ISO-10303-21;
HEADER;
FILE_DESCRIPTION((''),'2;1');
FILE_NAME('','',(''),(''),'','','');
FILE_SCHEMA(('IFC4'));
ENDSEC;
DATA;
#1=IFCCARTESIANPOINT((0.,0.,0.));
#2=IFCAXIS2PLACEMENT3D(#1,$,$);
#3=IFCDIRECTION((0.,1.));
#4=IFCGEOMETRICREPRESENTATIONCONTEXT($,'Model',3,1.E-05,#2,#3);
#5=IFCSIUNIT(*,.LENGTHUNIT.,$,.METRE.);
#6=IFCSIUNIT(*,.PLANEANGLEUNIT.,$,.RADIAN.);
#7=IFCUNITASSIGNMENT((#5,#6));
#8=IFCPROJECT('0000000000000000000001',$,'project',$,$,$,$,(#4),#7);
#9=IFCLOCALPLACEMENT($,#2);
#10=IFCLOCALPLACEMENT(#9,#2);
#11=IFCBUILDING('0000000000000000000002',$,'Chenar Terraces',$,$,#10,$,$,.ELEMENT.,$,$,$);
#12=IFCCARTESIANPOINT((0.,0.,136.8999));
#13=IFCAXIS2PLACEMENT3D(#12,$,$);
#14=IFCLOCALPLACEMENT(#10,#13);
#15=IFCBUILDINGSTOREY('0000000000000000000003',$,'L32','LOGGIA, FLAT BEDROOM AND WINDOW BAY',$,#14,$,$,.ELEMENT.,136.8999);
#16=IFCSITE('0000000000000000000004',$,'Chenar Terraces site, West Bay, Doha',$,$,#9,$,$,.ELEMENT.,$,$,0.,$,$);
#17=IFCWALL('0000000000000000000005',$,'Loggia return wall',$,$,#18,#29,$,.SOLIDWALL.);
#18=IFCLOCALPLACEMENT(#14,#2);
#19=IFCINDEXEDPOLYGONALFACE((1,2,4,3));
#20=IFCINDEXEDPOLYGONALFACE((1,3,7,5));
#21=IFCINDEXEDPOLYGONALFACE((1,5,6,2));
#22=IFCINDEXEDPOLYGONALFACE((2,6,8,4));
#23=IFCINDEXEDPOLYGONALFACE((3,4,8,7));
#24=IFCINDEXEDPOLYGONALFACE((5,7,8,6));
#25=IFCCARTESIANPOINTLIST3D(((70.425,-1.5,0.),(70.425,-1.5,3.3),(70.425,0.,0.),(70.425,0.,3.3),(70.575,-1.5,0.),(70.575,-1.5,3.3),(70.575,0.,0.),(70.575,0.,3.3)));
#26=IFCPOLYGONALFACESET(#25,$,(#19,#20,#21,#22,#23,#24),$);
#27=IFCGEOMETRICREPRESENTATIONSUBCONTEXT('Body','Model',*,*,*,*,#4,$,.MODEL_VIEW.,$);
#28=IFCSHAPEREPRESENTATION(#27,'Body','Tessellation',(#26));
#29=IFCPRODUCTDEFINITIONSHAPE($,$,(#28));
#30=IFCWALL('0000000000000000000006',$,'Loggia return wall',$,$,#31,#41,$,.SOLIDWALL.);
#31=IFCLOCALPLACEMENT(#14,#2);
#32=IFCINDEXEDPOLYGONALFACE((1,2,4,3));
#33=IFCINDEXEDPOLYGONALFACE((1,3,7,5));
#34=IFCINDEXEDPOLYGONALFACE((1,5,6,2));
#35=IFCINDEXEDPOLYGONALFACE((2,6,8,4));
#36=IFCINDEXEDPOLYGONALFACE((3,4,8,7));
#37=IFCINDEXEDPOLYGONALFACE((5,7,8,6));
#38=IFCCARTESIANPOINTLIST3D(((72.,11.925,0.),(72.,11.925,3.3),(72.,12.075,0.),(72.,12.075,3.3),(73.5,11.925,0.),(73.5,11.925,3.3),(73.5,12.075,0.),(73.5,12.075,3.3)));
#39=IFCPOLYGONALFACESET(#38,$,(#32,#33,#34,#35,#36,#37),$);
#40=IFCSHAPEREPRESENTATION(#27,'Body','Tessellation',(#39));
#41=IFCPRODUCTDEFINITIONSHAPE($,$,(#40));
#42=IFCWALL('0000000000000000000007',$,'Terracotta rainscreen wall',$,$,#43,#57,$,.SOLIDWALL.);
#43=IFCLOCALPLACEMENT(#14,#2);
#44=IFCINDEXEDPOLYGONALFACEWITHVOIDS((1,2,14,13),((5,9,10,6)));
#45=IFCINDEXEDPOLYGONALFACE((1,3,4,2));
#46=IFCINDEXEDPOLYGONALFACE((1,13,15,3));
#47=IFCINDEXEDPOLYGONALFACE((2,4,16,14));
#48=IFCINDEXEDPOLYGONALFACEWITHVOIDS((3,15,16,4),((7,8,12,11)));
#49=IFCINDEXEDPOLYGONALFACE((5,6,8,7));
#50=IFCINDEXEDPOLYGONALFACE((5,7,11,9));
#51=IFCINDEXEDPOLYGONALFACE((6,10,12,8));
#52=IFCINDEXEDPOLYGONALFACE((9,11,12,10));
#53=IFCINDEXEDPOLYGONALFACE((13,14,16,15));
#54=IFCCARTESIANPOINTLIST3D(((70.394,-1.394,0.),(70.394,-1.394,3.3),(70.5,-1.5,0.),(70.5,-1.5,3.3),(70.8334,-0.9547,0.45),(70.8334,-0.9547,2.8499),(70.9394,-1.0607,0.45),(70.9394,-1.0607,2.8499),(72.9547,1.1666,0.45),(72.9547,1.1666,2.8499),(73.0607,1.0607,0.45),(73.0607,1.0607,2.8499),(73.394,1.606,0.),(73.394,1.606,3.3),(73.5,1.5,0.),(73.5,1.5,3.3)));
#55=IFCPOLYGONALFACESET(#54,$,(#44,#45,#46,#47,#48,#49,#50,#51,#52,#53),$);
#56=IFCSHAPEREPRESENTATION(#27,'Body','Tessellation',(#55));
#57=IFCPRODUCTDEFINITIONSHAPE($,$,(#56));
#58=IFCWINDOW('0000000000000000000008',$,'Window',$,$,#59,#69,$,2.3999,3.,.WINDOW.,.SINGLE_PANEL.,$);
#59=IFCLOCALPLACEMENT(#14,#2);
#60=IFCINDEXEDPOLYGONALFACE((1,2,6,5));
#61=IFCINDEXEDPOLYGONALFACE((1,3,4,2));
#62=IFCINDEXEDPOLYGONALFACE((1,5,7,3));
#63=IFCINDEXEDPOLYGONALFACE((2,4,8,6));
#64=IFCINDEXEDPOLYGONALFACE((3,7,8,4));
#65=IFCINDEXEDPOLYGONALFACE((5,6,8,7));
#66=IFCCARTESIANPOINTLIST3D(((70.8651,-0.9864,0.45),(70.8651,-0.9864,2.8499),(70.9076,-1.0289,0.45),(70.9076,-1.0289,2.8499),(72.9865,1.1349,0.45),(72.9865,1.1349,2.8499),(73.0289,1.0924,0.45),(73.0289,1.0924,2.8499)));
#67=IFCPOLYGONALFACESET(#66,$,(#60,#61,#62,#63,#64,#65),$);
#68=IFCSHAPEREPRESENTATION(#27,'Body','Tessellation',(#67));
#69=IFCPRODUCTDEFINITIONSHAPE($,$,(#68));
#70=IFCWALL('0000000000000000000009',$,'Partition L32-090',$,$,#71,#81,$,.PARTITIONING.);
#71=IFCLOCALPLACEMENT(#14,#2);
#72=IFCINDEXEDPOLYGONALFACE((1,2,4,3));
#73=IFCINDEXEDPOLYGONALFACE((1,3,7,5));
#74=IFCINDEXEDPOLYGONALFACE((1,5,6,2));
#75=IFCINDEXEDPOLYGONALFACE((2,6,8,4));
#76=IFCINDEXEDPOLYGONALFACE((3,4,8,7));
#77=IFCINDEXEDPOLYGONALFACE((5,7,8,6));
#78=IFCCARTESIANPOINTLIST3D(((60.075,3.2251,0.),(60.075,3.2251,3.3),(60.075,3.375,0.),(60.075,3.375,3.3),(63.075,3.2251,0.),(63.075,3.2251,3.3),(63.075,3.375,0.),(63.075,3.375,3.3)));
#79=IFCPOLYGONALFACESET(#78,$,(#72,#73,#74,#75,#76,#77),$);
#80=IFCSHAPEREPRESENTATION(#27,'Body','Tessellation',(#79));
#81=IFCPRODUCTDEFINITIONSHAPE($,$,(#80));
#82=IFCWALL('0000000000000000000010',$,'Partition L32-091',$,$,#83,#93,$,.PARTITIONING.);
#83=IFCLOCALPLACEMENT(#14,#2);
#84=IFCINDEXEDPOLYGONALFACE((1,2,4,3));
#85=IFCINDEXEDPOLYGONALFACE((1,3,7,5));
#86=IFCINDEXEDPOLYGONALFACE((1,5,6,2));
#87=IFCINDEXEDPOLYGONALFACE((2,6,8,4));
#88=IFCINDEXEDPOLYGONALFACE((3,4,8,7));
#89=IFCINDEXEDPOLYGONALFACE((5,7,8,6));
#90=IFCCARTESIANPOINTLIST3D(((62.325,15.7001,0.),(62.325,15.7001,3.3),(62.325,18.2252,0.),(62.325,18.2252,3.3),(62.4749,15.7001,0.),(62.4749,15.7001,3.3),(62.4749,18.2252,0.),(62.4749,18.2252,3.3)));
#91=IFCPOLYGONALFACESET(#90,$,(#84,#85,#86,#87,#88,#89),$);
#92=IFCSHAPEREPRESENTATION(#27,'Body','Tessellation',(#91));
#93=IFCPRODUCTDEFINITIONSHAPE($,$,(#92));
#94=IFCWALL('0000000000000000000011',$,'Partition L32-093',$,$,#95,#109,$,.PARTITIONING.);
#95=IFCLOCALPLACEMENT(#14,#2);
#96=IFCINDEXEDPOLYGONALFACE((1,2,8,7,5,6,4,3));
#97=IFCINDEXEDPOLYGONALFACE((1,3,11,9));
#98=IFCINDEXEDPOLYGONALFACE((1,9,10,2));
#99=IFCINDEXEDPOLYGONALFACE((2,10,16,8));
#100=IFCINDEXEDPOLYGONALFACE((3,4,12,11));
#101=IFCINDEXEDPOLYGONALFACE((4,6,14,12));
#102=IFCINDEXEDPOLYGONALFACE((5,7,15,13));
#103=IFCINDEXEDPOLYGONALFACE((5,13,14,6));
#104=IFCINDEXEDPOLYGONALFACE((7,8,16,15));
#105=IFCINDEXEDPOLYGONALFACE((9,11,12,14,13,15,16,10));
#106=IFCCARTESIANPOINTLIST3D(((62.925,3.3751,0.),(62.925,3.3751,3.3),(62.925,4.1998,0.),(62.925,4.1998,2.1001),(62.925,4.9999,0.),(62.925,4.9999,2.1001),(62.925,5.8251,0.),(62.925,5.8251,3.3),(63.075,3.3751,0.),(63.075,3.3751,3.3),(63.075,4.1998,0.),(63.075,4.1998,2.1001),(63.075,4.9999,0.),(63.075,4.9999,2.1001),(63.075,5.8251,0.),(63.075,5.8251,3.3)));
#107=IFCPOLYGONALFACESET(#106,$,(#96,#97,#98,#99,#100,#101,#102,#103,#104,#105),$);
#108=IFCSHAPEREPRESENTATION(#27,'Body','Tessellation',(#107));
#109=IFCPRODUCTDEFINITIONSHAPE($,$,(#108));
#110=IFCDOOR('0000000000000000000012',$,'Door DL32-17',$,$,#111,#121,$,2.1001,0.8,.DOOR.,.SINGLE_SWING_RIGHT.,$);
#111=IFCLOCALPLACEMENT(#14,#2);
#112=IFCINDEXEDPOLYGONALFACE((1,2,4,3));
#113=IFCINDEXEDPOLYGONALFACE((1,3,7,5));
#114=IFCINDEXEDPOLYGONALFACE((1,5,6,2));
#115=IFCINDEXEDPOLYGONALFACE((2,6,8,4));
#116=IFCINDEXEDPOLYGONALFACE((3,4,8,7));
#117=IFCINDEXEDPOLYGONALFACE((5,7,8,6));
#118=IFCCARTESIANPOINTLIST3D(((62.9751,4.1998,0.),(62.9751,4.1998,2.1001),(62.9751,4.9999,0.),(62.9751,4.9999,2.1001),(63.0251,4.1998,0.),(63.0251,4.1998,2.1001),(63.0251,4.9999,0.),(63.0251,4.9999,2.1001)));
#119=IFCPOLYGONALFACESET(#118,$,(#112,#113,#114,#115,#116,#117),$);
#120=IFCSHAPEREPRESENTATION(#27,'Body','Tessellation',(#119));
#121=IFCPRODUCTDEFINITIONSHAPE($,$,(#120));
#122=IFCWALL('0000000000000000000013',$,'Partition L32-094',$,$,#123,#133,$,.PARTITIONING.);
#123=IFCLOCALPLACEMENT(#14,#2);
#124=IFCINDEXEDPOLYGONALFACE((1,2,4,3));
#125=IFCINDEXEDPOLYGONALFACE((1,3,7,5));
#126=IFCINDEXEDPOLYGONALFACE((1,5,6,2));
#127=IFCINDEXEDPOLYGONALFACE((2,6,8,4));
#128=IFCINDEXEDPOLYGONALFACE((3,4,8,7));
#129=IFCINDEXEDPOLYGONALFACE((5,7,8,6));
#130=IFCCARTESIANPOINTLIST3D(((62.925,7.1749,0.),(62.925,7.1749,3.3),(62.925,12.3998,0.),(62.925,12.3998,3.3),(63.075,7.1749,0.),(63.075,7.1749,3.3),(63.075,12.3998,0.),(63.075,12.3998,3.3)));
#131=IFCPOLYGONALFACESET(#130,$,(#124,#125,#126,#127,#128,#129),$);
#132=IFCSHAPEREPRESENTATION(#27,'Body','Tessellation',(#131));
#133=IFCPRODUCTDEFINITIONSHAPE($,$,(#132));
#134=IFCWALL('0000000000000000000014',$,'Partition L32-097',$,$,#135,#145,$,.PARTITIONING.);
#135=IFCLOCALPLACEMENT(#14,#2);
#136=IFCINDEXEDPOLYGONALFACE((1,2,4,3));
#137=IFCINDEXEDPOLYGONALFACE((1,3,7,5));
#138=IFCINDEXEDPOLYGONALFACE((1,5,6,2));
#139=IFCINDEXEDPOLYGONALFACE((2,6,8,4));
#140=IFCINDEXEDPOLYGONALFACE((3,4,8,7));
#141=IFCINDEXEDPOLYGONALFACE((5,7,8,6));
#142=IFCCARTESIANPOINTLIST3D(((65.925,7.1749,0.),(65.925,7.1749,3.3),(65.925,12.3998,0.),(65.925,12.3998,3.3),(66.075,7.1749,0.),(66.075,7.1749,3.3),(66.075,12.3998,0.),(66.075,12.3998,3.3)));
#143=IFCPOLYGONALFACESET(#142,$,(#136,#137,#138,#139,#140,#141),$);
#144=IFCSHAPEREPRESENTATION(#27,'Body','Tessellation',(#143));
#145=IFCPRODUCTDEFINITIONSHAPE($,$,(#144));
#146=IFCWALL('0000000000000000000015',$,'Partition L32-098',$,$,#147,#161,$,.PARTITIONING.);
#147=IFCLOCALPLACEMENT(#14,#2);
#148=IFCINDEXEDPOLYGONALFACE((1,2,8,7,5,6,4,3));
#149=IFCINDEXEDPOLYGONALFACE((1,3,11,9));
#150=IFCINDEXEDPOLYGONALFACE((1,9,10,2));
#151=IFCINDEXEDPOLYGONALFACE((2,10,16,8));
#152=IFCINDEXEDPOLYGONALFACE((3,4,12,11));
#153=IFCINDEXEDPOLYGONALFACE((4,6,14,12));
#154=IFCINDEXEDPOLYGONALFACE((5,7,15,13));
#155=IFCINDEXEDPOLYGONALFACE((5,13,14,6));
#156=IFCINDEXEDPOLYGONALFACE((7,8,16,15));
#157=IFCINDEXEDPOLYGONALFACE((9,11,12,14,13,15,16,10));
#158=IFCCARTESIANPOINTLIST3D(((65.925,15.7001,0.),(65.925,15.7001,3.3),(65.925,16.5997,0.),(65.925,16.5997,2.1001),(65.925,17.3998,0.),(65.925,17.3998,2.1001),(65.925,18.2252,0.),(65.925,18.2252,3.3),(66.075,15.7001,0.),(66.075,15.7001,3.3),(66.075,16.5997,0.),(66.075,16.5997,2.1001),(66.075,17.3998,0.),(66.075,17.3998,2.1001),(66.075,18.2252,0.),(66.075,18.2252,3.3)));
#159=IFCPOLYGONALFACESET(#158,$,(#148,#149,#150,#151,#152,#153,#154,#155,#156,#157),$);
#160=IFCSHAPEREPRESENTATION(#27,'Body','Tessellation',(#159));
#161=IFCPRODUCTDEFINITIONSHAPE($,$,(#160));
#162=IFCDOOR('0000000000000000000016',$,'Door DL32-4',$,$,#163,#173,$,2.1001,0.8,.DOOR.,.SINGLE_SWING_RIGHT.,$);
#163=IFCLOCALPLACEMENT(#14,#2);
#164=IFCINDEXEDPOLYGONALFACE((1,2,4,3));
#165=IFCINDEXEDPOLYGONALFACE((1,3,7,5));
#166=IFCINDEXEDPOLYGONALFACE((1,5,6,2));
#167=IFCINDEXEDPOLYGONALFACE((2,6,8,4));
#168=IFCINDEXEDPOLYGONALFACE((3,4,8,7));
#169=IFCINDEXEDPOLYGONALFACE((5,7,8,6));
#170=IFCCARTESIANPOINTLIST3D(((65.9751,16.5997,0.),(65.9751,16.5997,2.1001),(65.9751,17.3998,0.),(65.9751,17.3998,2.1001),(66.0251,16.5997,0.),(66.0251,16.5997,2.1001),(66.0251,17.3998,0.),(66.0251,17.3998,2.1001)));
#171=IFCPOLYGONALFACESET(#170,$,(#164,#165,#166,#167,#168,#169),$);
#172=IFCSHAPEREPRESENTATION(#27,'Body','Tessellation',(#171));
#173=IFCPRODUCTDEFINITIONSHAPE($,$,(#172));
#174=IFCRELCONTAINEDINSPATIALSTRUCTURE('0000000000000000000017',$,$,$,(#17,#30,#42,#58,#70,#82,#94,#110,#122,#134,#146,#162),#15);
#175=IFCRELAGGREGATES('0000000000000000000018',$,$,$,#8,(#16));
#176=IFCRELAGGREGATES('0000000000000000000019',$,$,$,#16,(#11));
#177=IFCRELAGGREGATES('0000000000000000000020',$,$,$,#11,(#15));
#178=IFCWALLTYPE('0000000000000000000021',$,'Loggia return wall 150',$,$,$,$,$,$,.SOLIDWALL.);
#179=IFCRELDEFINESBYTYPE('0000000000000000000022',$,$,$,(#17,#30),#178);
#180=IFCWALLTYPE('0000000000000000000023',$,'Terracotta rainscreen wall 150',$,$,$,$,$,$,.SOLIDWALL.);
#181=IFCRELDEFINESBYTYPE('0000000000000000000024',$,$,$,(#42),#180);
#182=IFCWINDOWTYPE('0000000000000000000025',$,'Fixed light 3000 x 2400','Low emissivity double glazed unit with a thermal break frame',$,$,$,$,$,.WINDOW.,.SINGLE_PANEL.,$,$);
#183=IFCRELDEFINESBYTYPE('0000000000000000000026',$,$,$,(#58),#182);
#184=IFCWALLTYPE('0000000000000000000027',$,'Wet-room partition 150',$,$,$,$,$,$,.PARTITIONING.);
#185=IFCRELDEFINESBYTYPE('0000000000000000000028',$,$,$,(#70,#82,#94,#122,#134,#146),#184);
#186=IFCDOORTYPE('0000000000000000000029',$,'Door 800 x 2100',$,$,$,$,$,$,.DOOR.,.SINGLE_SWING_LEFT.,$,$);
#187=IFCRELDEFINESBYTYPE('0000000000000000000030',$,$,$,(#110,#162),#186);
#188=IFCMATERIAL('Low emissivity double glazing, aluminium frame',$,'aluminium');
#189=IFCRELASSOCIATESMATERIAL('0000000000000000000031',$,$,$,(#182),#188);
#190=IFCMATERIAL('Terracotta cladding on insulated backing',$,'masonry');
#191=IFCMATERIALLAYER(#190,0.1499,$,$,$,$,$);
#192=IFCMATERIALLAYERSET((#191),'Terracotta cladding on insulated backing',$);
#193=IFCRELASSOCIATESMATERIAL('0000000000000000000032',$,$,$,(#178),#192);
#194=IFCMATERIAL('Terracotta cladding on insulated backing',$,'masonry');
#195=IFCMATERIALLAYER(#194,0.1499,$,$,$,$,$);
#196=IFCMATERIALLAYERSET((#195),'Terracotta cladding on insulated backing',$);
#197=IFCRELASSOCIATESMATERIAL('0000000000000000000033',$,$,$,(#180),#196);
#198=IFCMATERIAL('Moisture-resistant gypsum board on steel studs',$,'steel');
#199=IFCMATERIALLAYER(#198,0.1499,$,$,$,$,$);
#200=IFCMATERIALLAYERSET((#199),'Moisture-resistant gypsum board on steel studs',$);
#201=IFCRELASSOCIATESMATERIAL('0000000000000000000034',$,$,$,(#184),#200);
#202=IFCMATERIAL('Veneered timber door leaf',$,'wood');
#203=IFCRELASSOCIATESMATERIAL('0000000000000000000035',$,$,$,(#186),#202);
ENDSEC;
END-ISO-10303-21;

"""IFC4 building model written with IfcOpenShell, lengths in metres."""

from ifc_helpers import new_model, si_unit, direction, frame, frame_2d, origin, place, context, subcontext, project, spatial, rectangle, extrude, material, layer, layer_set, type_object, element, fill, save


model = new_model("IFC4")

# Units and contexts
model_context = context("Model", 3, precision=1e-05, world=origin(), true_north=direction((0.0, 1.0)))
body_context = subcontext(model_context, "Body", "Model", "MODEL_VIEW")
ifc_project = project(units=[si_unit("LENGTHUNIT", "METRE"), si_unit("PLANEANGLEUNIT", "RADIAN")], contexts=[model_context])

# Site, building, storey
site_placement = place(None, origin())
site = spatial("IfcSite", under=ifc_project, at=site_placement, Name="Chenar Terraces site, West Bay, Doha", CompositionType="ELEMENT", RefElevation=0.0)
building_placement = place(site_placement, origin())
building = spatial("IfcBuilding", under=site, at=building_placement, Name="Chenar Terraces", CompositionType="ELEMENT")
storey_placement = place(building_placement, frame((0.0, 0.0, 136.8999)))
storey = spatial("IfcBuildingStorey", under=building, at=storey_placement, Name="L32", Description="LOGGIA, FLAT BEDROOM AND WINDOW BAY", CompositionType="ELEMENT", Elevation=136.8999)

# Shared definitions
ifc_material_1 = material(Name="Low emissivity double glazing, aluminium frame", Category="aluminium")
window_type_1 = type_object("IfcWindowType", Name="Fixed light 3000 x 2400", Description="Low emissivity double glazed unit with a thermal break frame", PartitioningType="SINGLE_PANEL", PredefinedType="WINDOW", material=ifc_material_1)

# Walls
ifc_material_2 = material(Name="Terracotta cladding on insulated backing", Category="masonry")
ifc_layer_1 = layer(ifc_material_2, 0.1499)
ifc_layer_set_1 = layer_set([ifc_layer_1], Name="Terracotta cladding on insulated backing")
wall_type_1 = type_object("IfcWallType", Name="Loggia return wall 150", PredefinedType="SOLIDWALL", material=ifc_layer_set_1)
for number, where, z_axis, x_axis, name in (
    (1, (70.5, -1.5, 0.0), (0.0, 0.0, 1.0), (0.0, 1.0, 0.0), "Loggia return wall"),
    (2, (73.5, 12.0, 0.0), (0.0, 0.0, 1.0), (-1.0, 0.0, 0.0), "Loggia return wall"),
):
    element("IfcWall", number, at=place(storey_placement, frame(where, z_axis=z_axis, x_axis=x_axis)), inside=storey, type_object=wall_type_1, Name=name, PredefinedType="SOLIDWALL", context=body_context, shape_type="SweptSolid", body=[
        extrude(rectangle(XDim=1.5, YDim=0.1499, at=frame_2d((0.75, 0.0))), origin(), (0.0, 0.0, 1.0), 3.3),
    ])

# Wall, opening, window
ifc_material_3 = material(Name="Terracotta cladding on insulated backing", Category="masonry")
ifc_layer_2 = layer(ifc_material_3, 0.1499)
ifc_layer_set_2 = layer_set([ifc_layer_2], Name="Terracotta cladding on insulated backing")
wall_type_2 = type_object("IfcWallType", Name="Terracotta rainscreen wall 150", PredefinedType="SOLIDWALL", material=ifc_layer_set_2)
wall_1_placement = place(storey_placement, frame((70.447, -1.447, 0.0), z_axis=(0.0, 0.0, 1.0), x_axis=(0.707107, 0.707107, 0.0)))
wall_1 = element("IfcWall", 3, at=wall_1_placement, inside=storey, type_object=wall_type_2, Name="Terracotta rainscreen wall", PredefinedType="SOLIDWALL", context=body_context, shape_type="SweptSolid", body=[
    extrude(rectangle(XDim=4.2427, YDim=0.1499, at=frame_2d((2.1213, 0.0))), origin(), (0.0, 0.0, 1.0), 3.3),
])
opening_1_placement = place(wall_1_placement, frame((0.6213, 0.0, 0.45)))
opening_1 = element("IfcOpeningElement", 4, at=opening_1_placement, cuts=wall_1, PredefinedType="OPENING", context=body_context, shape_type="SweptSolid", body=[
    extrude(rectangle(XDim=3.0, YDim=2.3999, at=frame_2d((1.5, 1.2))), frame((0.0, 0.085, 0.0), z_axis=(0.0, -1.0, 0.0), x_axis=(1.0, 0.0, 0.0)), (0.0, 0.0, 1.0), 0.1699),
])
window_1_placement = place(opening_1_placement, origin())
window_1 = element("IfcWindow", 5, at=window_1_placement, inside=storey, type_object=window_type_1, Name="Window", OverallHeight=2.3999, OverallWidth=3.0, PartitioningType="SINGLE_PANEL", PredefinedType="WINDOW", context=body_context, shape_type="SweptSolid", body=[
    extrude(rectangle(XDim=3.0, YDim=2.3999, at=frame_2d((1.5, 1.2))), frame((0.0, 0.03, 0.0), z_axis=(0.0, -1.0, 0.0), x_axis=(1.0, 0.0, 0.0)), (0.0, 0.0, 1.0), 0.0601),
])
fill(opening_1, window_1)

# Walls
ifc_material_4 = material(Name="Moisture-resistant gypsum board on steel studs", Category="steel")
ifc_layer_3 = layer(ifc_material_4, 0.1499)
ifc_layer_set_3 = layer_set([ifc_layer_3], Name="Moisture-resistant gypsum board on steel studs")
wall_type_3 = type_object("IfcWallType", Name="Wet-room partition 150", PredefinedType="PARTITIONING", material=ifc_layer_set_3)
wall_2_placement = place(storey_placement, frame((60.075, 3.3, 0.0), z_axis=(0.0, 0.0, 1.0), x_axis=(1.0, 0.0, 0.0)))
element("IfcWall", 6, at=wall_2_placement, inside=storey, type_object=wall_type_3, Name="Partition L32-090", PredefinedType="PARTITIONING", context=body_context, shape_type="SweptSolid", body=[
    extrude(rectangle(XDim=3.0, YDim=0.1499, at=frame_2d((1.5, 0.0))), origin(), (0.0, 0.0, 1.0), 3.3),
])
wall_3_placement = place(storey_placement, frame((62.3999, 15.7, 0.0), z_axis=(0.0, 0.0, 1.0), x_axis=(0.0, 1.0, 0.0)))
element("IfcWall", 7, at=wall_3_placement, inside=storey, type_object=wall_type_3, Name="Partition L32-091", PredefinedType="PARTITIONING", context=body_context, shape_type="SweptSolid", body=[
    extrude(rectangle(XDim=2.5251, YDim=0.1499, at=frame_2d((1.2627, 0.0))), origin(), (0.0, 0.0, 1.0), 3.3),
])

# Wall, opening, door
wall_4_placement = place(storey_placement, frame((63.0, 3.375, 0.0), z_axis=(0.0, 0.0, 1.0), x_axis=(0.0, 1.0, 0.0)))
wall_4 = element("IfcWall", 8, at=wall_4_placement, inside=storey, type_object=wall_type_3, Name="Partition L32-093", PredefinedType="PARTITIONING", context=body_context, shape_type="SweptSolid", body=[
    extrude(rectangle(XDim=2.45, YDim=0.1499, at=frame_2d((1.2251, 0.0))), origin(), (0.0, 0.0, 1.0), 3.3),
])
opening_2_placement = place(wall_4_placement, frame((0.825, 0.0, 0.0)))
opening_2 = element("IfcOpeningElement", 9, at=opening_2_placement, cuts=wall_4, PredefinedType="OPENING", context=body_context, shape_type="SweptSolid", body=[
    extrude(rectangle(XDim=0.8, YDim=2.1001, at=frame_2d((0.3999, 1.05))), frame((0.0, 0.085, 0.0), z_axis=(0.0, -1.0, 0.0), x_axis=(1.0, 0.0, 0.0)), (0.0, 0.0, 1.0), 0.1699),
])
ifc_material_5 = material(Name="Veneered timber door leaf", Category="wood")
door_type_1 = type_object("IfcDoorType", Name="Door 800 x 2100", OperationType="SINGLE_SWING_LEFT", PredefinedType="DOOR", material=ifc_material_5)
door_1_placement = place(opening_2_placement, origin())
door_1 = element("IfcDoor", 10, at=door_1_placement, inside=storey, type_object=door_type_1, Name="Door DL32-17", OperationType="SINGLE_SWING_RIGHT", OverallHeight=2.1001, OverallWidth=0.8, PredefinedType="DOOR", context=body_context, shape_type="SweptSolid", body=[
    extrude(rectangle(XDim=0.8, YDim=2.1001, at=frame_2d((0.3999, 1.05))), frame((0.0, 0.0249, 0.0), z_axis=(0.0, -1.0, 0.0), x_axis=(1.0, 0.0, 0.0)), (0.0, 0.0, 1.0), 0.05),
])
fill(opening_2, door_1)

# Walls
for number, where, z_axis, x_axis, name in (
    (11, (63.0, 7.175, 0.0), (0.0, 0.0, 1.0), (0.0, 1.0, 0.0), "Partition L32-094"),
    (12, (66.0, 7.175, 0.0), (0.0, 0.0, 1.0), (0.0, 1.0, 0.0), "Partition L32-097"),
):
    element("IfcWall", number, at=place(storey_placement, frame(where, z_axis=z_axis, x_axis=x_axis)), inside=storey, type_object=wall_type_3, Name=name, PredefinedType="PARTITIONING", context=body_context, shape_type="SweptSolid", body=[
        extrude(rectangle(XDim=5.2249, YDim=0.1499, at=frame_2d((2.6123, 0.0))), origin(), (0.0, 0.0, 1.0), 3.3),
    ])

# Wall, opening, door
wall_5_placement = place(storey_placement, frame((66.0, 15.7, 0.0), z_axis=(0.0, 0.0, 1.0), x_axis=(0.0, 1.0, 0.0)))
wall_5 = element("IfcWall", 13, at=wall_5_placement, inside=storey, type_object=wall_type_3, Name="Partition L32-098", PredefinedType="PARTITIONING", context=body_context, shape_type="SweptSolid", body=[
    extrude(rectangle(XDim=2.5251, YDim=0.1499, at=frame_2d((1.2627, 0.0))), origin(), (0.0, 0.0, 1.0), 3.3),
])
opening_3_placement = place(wall_5_placement, frame((0.8999, 0.0, 0.0)))
opening_3 = element("IfcOpeningElement", 14, at=opening_3_placement, cuts=wall_5, PredefinedType="OPENING", context=body_context, shape_type="SweptSolid", body=[
    extrude(rectangle(XDim=0.8, YDim=2.1001, at=frame_2d((0.3999, 1.05))), frame((0.0, 0.085, 0.0), z_axis=(0.0, -1.0, 0.0), x_axis=(1.0, 0.0, 0.0)), (0.0, 0.0, 1.0), 0.1699),
])
door_2_placement = place(opening_3_placement, origin())
door_2 = element("IfcDoor", 15, at=door_2_placement, inside=storey, type_object=door_type_1, Name="Door DL32-4", OperationType="SINGLE_SWING_RIGHT", OverallHeight=2.1001, OverallWidth=0.8, PredefinedType="DOOR", context=body_context, shape_type="SweptSolid", body=[
    extrude(rectangle(XDim=0.8, YDim=2.1001, at=frame_2d((0.3999, 1.05))), frame((0.0, 0.0249, 0.0), z_axis=(0.0, -1.0, 0.0), x_axis=(1.0, 0.0, 0.0)), (0.0, 0.0, 1.0), 0.05),
])
fill(opening_3, door_2)

save(model, "model.ifc")
